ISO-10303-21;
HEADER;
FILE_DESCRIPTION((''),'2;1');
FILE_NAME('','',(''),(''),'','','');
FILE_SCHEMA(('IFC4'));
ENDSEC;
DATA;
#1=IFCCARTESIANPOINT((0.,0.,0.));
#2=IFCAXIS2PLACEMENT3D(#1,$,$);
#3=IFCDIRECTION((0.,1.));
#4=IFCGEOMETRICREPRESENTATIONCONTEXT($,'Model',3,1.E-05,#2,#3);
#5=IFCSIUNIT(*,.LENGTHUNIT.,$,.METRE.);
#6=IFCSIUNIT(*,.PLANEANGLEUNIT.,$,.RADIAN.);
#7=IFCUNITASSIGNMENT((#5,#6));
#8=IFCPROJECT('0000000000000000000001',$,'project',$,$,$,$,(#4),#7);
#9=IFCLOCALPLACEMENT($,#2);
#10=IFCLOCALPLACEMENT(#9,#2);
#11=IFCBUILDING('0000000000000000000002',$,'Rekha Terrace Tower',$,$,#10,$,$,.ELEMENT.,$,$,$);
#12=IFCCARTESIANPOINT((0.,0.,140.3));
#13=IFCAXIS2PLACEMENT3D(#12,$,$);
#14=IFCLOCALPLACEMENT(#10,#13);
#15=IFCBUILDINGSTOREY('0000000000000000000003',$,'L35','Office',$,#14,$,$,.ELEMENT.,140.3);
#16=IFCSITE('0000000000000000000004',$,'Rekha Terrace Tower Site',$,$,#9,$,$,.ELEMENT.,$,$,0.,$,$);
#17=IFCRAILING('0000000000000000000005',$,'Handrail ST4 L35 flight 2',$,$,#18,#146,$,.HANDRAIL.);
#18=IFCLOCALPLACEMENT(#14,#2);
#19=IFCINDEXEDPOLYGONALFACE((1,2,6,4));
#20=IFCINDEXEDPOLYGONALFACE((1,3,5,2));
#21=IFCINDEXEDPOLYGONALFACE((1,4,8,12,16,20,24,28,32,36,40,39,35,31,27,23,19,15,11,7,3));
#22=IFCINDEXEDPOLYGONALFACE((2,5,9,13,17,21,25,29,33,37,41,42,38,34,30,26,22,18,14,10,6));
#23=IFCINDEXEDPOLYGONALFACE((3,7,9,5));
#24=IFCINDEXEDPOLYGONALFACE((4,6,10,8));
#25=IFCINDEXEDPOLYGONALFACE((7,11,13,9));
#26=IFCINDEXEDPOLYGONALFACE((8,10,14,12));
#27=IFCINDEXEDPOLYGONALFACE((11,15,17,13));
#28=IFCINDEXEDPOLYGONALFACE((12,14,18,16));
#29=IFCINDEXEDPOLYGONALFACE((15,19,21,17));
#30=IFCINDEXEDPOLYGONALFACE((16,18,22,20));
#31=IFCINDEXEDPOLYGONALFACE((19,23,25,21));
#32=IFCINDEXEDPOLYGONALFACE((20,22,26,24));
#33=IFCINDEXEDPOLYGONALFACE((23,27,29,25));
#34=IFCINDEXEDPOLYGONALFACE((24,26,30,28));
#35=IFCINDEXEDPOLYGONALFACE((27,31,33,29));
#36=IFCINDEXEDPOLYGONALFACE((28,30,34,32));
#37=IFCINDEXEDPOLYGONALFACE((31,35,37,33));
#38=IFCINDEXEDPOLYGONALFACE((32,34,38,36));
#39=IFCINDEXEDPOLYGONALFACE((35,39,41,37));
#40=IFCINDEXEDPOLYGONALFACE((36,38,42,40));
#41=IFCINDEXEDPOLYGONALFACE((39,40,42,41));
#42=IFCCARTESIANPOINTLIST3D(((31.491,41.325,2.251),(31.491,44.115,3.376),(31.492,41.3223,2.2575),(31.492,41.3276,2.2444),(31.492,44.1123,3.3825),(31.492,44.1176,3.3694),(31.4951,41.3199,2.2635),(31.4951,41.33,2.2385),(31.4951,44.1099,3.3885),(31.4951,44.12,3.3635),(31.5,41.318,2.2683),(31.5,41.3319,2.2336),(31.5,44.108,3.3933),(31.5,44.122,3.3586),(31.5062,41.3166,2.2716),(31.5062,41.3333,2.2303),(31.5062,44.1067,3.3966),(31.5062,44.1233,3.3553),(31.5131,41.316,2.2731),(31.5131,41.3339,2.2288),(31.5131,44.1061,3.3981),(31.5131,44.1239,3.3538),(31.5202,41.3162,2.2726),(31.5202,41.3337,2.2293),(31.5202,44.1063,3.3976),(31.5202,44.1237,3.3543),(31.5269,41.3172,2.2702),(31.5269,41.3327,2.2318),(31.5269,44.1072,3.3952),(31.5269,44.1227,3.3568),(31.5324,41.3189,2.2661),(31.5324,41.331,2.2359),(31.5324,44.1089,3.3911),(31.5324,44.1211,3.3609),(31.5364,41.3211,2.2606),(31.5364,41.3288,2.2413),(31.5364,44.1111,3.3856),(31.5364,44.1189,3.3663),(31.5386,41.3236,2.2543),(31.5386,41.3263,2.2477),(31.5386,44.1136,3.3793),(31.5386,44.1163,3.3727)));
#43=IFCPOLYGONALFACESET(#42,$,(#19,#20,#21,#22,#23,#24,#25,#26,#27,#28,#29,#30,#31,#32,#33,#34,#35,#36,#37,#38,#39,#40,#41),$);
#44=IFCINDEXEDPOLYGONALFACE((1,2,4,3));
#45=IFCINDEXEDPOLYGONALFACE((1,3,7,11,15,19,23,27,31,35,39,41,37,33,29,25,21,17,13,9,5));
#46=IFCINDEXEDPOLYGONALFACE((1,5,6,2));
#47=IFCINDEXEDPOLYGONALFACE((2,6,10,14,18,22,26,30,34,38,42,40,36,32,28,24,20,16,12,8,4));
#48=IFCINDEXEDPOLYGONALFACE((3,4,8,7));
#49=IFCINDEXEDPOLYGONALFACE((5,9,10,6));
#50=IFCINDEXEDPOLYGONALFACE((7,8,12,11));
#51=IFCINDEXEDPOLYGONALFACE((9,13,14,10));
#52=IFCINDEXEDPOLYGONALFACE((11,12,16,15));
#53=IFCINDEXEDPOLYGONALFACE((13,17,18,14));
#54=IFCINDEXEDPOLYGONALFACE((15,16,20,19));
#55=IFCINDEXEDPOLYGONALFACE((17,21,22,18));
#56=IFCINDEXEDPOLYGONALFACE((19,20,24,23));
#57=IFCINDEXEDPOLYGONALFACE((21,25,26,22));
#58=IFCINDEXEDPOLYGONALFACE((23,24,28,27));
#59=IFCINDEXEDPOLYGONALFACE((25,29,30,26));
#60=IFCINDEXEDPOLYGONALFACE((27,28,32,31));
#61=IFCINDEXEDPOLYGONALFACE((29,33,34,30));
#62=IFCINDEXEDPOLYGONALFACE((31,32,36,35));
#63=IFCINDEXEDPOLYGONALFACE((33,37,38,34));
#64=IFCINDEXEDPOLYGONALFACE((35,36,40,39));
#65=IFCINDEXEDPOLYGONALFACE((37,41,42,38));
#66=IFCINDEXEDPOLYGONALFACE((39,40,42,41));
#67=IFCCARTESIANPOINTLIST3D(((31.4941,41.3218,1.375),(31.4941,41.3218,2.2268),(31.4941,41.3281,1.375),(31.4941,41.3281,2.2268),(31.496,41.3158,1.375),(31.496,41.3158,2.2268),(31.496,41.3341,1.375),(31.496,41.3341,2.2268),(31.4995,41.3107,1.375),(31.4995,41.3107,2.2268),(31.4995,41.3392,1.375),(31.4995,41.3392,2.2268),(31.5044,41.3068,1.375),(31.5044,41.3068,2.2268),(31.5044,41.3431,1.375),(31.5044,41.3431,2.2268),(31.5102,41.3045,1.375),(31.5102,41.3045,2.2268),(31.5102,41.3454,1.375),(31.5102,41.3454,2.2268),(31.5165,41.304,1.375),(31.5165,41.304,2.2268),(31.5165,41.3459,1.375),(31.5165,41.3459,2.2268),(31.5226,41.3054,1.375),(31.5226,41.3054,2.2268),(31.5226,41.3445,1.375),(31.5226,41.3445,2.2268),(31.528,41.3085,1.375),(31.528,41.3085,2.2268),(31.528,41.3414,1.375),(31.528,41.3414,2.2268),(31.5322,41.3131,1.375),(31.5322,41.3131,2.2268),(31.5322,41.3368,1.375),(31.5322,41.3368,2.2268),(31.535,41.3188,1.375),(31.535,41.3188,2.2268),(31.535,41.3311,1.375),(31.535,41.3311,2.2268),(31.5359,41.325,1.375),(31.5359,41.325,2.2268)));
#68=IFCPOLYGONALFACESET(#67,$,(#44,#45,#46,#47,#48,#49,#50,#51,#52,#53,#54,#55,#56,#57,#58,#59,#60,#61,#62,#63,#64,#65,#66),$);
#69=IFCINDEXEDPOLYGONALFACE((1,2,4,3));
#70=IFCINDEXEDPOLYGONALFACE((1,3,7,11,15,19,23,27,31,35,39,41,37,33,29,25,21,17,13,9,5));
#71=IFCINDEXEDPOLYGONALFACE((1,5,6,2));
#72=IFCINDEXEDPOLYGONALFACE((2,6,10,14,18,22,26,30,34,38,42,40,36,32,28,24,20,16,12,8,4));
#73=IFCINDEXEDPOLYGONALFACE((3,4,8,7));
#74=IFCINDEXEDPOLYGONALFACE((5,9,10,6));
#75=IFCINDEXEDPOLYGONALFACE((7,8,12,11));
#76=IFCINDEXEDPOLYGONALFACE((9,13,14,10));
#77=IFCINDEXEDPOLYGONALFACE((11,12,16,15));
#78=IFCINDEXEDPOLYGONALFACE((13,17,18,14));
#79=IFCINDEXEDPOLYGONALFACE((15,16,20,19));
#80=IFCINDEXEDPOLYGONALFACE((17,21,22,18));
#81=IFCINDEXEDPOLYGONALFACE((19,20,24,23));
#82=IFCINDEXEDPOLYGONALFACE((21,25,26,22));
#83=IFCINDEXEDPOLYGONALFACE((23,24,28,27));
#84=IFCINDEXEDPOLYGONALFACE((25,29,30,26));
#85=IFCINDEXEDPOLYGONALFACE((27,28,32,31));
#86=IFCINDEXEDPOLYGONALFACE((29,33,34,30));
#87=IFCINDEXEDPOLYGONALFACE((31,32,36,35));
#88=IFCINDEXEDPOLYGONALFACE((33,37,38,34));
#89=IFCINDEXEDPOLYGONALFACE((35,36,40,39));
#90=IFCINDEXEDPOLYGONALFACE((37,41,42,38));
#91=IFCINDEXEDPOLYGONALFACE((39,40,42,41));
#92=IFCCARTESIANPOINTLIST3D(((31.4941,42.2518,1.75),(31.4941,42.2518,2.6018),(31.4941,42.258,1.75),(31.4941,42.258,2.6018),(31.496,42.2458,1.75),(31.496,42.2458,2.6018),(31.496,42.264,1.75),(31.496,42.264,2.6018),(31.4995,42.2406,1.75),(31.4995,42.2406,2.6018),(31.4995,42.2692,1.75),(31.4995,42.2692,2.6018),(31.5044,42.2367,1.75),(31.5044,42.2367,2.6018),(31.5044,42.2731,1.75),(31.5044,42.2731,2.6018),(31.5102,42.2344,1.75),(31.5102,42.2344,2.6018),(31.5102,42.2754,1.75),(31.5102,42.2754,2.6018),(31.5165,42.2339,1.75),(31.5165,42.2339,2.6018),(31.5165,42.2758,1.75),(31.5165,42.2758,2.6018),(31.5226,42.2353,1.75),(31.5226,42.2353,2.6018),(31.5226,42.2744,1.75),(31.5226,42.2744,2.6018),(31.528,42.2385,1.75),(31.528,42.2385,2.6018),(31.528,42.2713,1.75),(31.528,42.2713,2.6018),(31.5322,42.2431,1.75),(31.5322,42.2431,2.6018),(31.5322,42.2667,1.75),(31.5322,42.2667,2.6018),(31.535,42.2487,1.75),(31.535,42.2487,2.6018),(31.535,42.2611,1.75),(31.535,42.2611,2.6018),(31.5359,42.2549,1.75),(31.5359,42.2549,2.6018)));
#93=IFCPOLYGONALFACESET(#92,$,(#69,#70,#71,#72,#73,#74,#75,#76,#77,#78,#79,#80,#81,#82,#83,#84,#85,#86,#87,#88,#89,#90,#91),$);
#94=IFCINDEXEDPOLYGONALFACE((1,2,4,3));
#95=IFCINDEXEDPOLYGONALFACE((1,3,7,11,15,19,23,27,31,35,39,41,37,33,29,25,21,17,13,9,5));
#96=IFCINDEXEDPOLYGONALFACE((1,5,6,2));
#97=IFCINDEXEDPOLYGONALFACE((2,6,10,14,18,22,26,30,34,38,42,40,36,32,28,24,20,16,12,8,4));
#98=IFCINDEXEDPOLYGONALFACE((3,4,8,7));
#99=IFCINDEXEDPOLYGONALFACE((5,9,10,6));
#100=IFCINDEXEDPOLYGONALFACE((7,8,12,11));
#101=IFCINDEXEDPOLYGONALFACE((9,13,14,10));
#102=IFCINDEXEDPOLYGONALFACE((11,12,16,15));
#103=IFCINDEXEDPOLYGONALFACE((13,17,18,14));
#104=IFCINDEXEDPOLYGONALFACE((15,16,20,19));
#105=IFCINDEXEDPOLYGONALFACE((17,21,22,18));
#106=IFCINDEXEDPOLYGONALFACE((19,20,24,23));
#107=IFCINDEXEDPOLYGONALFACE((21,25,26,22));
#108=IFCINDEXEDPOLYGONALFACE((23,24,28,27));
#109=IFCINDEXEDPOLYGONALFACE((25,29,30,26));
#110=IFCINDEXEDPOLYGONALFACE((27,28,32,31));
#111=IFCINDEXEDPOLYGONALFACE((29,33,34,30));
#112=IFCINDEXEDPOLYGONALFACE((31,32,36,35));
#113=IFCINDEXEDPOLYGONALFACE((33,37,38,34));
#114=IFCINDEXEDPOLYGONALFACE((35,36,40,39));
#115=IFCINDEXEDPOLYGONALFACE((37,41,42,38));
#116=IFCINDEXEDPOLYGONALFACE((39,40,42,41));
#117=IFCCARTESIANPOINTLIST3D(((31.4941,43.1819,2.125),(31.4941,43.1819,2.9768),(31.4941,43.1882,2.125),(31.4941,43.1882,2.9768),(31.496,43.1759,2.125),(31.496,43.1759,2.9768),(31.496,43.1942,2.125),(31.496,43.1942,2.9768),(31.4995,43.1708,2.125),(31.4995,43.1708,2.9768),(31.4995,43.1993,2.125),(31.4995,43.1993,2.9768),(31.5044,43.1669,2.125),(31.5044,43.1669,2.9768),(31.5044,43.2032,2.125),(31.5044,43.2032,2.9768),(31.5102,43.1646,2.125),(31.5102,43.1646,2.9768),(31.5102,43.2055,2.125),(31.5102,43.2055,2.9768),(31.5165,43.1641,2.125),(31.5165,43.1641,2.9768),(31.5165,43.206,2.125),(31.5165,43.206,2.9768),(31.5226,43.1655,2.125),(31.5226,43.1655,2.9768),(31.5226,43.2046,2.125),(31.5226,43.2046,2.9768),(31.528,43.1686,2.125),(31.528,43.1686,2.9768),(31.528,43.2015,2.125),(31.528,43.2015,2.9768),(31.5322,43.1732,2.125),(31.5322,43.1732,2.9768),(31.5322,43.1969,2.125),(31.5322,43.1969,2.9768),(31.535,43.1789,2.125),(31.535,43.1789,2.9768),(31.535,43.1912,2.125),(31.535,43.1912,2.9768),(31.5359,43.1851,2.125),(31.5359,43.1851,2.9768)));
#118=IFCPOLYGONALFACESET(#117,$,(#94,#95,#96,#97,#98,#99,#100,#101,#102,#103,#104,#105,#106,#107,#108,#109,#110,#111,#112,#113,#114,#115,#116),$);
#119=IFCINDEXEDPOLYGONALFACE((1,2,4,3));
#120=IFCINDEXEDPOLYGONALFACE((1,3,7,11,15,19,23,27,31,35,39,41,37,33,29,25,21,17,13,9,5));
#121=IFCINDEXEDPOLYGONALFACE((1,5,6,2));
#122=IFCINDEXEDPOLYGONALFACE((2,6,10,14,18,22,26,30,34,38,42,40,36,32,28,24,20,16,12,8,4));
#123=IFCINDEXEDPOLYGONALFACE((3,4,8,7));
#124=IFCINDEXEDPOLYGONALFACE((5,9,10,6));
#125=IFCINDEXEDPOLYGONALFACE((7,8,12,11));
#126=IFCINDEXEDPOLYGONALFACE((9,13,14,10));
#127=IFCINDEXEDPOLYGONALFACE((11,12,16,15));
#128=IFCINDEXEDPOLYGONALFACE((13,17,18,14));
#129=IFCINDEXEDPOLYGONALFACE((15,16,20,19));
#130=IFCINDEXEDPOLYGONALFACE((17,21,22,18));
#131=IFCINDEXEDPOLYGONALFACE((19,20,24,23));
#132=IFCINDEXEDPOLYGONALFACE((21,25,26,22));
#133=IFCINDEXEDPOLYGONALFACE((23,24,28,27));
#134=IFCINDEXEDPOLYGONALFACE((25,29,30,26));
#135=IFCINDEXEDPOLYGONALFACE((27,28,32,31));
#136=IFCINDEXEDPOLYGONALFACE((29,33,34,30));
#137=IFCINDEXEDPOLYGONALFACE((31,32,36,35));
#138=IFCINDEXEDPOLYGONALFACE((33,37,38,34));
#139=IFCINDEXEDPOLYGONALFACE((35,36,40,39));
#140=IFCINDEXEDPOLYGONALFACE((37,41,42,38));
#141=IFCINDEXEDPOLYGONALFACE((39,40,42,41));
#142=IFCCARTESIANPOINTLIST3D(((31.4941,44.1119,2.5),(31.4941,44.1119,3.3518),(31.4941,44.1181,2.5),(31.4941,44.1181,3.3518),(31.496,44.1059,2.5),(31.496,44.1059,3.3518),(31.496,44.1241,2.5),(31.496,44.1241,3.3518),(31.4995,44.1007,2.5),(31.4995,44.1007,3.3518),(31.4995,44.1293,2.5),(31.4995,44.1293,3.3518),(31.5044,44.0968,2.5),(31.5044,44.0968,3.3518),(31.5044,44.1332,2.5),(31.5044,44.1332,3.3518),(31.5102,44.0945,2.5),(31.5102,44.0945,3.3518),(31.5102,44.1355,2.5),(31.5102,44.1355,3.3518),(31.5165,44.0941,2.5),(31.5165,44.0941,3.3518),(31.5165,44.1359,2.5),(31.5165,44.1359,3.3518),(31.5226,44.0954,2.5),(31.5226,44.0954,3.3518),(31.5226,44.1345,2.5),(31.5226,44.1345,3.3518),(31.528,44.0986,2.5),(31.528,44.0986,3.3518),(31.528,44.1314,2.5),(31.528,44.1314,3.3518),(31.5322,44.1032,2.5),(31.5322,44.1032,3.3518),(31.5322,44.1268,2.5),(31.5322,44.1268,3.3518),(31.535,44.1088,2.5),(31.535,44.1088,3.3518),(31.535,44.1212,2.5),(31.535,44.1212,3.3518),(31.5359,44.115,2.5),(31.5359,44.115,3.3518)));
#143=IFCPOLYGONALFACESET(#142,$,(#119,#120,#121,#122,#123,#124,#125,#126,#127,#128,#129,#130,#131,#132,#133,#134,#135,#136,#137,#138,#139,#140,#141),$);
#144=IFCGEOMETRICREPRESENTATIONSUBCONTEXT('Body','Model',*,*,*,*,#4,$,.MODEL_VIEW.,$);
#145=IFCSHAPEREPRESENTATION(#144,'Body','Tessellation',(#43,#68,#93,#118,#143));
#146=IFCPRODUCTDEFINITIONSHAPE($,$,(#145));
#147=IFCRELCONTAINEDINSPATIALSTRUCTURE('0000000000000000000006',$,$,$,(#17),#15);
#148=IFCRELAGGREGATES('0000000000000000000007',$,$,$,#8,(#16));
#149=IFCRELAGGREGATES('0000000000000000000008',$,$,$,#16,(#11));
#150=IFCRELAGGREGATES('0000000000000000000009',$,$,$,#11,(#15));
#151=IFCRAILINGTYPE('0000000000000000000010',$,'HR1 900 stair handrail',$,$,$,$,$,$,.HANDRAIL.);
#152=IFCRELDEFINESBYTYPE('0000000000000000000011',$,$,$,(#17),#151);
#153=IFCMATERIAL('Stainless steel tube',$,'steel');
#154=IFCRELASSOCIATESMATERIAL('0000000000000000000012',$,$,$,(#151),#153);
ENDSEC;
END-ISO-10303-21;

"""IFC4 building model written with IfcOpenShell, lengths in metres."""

from ifc_helpers import new_model, si_unit, direction, frame, origin, origin_2d, place, context, subcontext, project, spatial, circle, extrude, material, type_object, element, save


model = new_model("IFC4")

# Units and contexts
model_context = context("Model", 3, precision=1e-05, world=origin(), true_north=direction((0.0, 1.0)))
body_context = subcontext(model_context, "Body", "Model", "MODEL_VIEW")
ifc_project = project(units=[si_unit("LENGTHUNIT", "METRE"), si_unit("PLANEANGLEUNIT", "RADIAN")], contexts=[model_context])

# Site, building, storey
site_placement = place(None, origin())
site = spatial("IfcSite", under=ifc_project, at=site_placement, Name="Rekha Terrace Tower Site", CompositionType="ELEMENT", RefElevation=0.0)
building_placement = place(site_placement, origin())
building = spatial("IfcBuilding", under=site, at=building_placement, Name="Rekha Terrace Tower", CompositionType="ELEMENT")
storey_placement = place(building_placement, frame((0.0, 0.0, 140.3)))
storey = spatial("IfcBuildingStorey", under=building, at=storey_placement, Name="L35", Description="Office", CompositionType="ELEMENT", Elevation=140.3)

# Railing
ifc_material_1 = material(Name="Stainless steel tube", Category="steel")
railing_type_1 = type_object("IfcRailingType", Name="HR1 900 stair handrail", PredefinedType="HANDRAIL", material=ifc_material_1)
railing_1_placement = place(storey_placement, frame((31.5149, 41.325, 1.375)))
element("IfcRailing", 1, at=railing_1_placement, inside=storey, type_object=railing_type_1, Name="Handrail ST4 L35 flight 2", PredefinedType="HANDRAIL", context=body_context, shape_type="SweptSolid", body=[
    extrude(circle(Radius=0.0239, at=origin_2d()), frame((0.0, 0.0, 0.876), z_axis=(0.0, 0.927443, 0.373964), x_axis=(-1.0, 0.0, 0.0)), (0.0, 0.0, 1.0), 3.0083),
    extrude(circle(Radius=0.021, at=origin_2d()), origin(), (0.0, 0.0, 1.0), 0.8518),
    extrude(circle(Radius=0.021, at=origin_2d()), frame((0.0, 0.9299, 0.375)), (0.0, 0.0, 1.0), 0.8518),
    extrude(circle(Radius=0.021, at=origin_2d()), frame((0.0, 1.8601, 0.75)), (0.0, 0.0, 1.0), 0.8518),
    extrude(circle(Radius=0.021, at=origin_2d()), frame((0.0, 2.79, 1.125)), (0.0, 0.0, 1.0), 0.8518),
])

save(model, "model.ifc")
